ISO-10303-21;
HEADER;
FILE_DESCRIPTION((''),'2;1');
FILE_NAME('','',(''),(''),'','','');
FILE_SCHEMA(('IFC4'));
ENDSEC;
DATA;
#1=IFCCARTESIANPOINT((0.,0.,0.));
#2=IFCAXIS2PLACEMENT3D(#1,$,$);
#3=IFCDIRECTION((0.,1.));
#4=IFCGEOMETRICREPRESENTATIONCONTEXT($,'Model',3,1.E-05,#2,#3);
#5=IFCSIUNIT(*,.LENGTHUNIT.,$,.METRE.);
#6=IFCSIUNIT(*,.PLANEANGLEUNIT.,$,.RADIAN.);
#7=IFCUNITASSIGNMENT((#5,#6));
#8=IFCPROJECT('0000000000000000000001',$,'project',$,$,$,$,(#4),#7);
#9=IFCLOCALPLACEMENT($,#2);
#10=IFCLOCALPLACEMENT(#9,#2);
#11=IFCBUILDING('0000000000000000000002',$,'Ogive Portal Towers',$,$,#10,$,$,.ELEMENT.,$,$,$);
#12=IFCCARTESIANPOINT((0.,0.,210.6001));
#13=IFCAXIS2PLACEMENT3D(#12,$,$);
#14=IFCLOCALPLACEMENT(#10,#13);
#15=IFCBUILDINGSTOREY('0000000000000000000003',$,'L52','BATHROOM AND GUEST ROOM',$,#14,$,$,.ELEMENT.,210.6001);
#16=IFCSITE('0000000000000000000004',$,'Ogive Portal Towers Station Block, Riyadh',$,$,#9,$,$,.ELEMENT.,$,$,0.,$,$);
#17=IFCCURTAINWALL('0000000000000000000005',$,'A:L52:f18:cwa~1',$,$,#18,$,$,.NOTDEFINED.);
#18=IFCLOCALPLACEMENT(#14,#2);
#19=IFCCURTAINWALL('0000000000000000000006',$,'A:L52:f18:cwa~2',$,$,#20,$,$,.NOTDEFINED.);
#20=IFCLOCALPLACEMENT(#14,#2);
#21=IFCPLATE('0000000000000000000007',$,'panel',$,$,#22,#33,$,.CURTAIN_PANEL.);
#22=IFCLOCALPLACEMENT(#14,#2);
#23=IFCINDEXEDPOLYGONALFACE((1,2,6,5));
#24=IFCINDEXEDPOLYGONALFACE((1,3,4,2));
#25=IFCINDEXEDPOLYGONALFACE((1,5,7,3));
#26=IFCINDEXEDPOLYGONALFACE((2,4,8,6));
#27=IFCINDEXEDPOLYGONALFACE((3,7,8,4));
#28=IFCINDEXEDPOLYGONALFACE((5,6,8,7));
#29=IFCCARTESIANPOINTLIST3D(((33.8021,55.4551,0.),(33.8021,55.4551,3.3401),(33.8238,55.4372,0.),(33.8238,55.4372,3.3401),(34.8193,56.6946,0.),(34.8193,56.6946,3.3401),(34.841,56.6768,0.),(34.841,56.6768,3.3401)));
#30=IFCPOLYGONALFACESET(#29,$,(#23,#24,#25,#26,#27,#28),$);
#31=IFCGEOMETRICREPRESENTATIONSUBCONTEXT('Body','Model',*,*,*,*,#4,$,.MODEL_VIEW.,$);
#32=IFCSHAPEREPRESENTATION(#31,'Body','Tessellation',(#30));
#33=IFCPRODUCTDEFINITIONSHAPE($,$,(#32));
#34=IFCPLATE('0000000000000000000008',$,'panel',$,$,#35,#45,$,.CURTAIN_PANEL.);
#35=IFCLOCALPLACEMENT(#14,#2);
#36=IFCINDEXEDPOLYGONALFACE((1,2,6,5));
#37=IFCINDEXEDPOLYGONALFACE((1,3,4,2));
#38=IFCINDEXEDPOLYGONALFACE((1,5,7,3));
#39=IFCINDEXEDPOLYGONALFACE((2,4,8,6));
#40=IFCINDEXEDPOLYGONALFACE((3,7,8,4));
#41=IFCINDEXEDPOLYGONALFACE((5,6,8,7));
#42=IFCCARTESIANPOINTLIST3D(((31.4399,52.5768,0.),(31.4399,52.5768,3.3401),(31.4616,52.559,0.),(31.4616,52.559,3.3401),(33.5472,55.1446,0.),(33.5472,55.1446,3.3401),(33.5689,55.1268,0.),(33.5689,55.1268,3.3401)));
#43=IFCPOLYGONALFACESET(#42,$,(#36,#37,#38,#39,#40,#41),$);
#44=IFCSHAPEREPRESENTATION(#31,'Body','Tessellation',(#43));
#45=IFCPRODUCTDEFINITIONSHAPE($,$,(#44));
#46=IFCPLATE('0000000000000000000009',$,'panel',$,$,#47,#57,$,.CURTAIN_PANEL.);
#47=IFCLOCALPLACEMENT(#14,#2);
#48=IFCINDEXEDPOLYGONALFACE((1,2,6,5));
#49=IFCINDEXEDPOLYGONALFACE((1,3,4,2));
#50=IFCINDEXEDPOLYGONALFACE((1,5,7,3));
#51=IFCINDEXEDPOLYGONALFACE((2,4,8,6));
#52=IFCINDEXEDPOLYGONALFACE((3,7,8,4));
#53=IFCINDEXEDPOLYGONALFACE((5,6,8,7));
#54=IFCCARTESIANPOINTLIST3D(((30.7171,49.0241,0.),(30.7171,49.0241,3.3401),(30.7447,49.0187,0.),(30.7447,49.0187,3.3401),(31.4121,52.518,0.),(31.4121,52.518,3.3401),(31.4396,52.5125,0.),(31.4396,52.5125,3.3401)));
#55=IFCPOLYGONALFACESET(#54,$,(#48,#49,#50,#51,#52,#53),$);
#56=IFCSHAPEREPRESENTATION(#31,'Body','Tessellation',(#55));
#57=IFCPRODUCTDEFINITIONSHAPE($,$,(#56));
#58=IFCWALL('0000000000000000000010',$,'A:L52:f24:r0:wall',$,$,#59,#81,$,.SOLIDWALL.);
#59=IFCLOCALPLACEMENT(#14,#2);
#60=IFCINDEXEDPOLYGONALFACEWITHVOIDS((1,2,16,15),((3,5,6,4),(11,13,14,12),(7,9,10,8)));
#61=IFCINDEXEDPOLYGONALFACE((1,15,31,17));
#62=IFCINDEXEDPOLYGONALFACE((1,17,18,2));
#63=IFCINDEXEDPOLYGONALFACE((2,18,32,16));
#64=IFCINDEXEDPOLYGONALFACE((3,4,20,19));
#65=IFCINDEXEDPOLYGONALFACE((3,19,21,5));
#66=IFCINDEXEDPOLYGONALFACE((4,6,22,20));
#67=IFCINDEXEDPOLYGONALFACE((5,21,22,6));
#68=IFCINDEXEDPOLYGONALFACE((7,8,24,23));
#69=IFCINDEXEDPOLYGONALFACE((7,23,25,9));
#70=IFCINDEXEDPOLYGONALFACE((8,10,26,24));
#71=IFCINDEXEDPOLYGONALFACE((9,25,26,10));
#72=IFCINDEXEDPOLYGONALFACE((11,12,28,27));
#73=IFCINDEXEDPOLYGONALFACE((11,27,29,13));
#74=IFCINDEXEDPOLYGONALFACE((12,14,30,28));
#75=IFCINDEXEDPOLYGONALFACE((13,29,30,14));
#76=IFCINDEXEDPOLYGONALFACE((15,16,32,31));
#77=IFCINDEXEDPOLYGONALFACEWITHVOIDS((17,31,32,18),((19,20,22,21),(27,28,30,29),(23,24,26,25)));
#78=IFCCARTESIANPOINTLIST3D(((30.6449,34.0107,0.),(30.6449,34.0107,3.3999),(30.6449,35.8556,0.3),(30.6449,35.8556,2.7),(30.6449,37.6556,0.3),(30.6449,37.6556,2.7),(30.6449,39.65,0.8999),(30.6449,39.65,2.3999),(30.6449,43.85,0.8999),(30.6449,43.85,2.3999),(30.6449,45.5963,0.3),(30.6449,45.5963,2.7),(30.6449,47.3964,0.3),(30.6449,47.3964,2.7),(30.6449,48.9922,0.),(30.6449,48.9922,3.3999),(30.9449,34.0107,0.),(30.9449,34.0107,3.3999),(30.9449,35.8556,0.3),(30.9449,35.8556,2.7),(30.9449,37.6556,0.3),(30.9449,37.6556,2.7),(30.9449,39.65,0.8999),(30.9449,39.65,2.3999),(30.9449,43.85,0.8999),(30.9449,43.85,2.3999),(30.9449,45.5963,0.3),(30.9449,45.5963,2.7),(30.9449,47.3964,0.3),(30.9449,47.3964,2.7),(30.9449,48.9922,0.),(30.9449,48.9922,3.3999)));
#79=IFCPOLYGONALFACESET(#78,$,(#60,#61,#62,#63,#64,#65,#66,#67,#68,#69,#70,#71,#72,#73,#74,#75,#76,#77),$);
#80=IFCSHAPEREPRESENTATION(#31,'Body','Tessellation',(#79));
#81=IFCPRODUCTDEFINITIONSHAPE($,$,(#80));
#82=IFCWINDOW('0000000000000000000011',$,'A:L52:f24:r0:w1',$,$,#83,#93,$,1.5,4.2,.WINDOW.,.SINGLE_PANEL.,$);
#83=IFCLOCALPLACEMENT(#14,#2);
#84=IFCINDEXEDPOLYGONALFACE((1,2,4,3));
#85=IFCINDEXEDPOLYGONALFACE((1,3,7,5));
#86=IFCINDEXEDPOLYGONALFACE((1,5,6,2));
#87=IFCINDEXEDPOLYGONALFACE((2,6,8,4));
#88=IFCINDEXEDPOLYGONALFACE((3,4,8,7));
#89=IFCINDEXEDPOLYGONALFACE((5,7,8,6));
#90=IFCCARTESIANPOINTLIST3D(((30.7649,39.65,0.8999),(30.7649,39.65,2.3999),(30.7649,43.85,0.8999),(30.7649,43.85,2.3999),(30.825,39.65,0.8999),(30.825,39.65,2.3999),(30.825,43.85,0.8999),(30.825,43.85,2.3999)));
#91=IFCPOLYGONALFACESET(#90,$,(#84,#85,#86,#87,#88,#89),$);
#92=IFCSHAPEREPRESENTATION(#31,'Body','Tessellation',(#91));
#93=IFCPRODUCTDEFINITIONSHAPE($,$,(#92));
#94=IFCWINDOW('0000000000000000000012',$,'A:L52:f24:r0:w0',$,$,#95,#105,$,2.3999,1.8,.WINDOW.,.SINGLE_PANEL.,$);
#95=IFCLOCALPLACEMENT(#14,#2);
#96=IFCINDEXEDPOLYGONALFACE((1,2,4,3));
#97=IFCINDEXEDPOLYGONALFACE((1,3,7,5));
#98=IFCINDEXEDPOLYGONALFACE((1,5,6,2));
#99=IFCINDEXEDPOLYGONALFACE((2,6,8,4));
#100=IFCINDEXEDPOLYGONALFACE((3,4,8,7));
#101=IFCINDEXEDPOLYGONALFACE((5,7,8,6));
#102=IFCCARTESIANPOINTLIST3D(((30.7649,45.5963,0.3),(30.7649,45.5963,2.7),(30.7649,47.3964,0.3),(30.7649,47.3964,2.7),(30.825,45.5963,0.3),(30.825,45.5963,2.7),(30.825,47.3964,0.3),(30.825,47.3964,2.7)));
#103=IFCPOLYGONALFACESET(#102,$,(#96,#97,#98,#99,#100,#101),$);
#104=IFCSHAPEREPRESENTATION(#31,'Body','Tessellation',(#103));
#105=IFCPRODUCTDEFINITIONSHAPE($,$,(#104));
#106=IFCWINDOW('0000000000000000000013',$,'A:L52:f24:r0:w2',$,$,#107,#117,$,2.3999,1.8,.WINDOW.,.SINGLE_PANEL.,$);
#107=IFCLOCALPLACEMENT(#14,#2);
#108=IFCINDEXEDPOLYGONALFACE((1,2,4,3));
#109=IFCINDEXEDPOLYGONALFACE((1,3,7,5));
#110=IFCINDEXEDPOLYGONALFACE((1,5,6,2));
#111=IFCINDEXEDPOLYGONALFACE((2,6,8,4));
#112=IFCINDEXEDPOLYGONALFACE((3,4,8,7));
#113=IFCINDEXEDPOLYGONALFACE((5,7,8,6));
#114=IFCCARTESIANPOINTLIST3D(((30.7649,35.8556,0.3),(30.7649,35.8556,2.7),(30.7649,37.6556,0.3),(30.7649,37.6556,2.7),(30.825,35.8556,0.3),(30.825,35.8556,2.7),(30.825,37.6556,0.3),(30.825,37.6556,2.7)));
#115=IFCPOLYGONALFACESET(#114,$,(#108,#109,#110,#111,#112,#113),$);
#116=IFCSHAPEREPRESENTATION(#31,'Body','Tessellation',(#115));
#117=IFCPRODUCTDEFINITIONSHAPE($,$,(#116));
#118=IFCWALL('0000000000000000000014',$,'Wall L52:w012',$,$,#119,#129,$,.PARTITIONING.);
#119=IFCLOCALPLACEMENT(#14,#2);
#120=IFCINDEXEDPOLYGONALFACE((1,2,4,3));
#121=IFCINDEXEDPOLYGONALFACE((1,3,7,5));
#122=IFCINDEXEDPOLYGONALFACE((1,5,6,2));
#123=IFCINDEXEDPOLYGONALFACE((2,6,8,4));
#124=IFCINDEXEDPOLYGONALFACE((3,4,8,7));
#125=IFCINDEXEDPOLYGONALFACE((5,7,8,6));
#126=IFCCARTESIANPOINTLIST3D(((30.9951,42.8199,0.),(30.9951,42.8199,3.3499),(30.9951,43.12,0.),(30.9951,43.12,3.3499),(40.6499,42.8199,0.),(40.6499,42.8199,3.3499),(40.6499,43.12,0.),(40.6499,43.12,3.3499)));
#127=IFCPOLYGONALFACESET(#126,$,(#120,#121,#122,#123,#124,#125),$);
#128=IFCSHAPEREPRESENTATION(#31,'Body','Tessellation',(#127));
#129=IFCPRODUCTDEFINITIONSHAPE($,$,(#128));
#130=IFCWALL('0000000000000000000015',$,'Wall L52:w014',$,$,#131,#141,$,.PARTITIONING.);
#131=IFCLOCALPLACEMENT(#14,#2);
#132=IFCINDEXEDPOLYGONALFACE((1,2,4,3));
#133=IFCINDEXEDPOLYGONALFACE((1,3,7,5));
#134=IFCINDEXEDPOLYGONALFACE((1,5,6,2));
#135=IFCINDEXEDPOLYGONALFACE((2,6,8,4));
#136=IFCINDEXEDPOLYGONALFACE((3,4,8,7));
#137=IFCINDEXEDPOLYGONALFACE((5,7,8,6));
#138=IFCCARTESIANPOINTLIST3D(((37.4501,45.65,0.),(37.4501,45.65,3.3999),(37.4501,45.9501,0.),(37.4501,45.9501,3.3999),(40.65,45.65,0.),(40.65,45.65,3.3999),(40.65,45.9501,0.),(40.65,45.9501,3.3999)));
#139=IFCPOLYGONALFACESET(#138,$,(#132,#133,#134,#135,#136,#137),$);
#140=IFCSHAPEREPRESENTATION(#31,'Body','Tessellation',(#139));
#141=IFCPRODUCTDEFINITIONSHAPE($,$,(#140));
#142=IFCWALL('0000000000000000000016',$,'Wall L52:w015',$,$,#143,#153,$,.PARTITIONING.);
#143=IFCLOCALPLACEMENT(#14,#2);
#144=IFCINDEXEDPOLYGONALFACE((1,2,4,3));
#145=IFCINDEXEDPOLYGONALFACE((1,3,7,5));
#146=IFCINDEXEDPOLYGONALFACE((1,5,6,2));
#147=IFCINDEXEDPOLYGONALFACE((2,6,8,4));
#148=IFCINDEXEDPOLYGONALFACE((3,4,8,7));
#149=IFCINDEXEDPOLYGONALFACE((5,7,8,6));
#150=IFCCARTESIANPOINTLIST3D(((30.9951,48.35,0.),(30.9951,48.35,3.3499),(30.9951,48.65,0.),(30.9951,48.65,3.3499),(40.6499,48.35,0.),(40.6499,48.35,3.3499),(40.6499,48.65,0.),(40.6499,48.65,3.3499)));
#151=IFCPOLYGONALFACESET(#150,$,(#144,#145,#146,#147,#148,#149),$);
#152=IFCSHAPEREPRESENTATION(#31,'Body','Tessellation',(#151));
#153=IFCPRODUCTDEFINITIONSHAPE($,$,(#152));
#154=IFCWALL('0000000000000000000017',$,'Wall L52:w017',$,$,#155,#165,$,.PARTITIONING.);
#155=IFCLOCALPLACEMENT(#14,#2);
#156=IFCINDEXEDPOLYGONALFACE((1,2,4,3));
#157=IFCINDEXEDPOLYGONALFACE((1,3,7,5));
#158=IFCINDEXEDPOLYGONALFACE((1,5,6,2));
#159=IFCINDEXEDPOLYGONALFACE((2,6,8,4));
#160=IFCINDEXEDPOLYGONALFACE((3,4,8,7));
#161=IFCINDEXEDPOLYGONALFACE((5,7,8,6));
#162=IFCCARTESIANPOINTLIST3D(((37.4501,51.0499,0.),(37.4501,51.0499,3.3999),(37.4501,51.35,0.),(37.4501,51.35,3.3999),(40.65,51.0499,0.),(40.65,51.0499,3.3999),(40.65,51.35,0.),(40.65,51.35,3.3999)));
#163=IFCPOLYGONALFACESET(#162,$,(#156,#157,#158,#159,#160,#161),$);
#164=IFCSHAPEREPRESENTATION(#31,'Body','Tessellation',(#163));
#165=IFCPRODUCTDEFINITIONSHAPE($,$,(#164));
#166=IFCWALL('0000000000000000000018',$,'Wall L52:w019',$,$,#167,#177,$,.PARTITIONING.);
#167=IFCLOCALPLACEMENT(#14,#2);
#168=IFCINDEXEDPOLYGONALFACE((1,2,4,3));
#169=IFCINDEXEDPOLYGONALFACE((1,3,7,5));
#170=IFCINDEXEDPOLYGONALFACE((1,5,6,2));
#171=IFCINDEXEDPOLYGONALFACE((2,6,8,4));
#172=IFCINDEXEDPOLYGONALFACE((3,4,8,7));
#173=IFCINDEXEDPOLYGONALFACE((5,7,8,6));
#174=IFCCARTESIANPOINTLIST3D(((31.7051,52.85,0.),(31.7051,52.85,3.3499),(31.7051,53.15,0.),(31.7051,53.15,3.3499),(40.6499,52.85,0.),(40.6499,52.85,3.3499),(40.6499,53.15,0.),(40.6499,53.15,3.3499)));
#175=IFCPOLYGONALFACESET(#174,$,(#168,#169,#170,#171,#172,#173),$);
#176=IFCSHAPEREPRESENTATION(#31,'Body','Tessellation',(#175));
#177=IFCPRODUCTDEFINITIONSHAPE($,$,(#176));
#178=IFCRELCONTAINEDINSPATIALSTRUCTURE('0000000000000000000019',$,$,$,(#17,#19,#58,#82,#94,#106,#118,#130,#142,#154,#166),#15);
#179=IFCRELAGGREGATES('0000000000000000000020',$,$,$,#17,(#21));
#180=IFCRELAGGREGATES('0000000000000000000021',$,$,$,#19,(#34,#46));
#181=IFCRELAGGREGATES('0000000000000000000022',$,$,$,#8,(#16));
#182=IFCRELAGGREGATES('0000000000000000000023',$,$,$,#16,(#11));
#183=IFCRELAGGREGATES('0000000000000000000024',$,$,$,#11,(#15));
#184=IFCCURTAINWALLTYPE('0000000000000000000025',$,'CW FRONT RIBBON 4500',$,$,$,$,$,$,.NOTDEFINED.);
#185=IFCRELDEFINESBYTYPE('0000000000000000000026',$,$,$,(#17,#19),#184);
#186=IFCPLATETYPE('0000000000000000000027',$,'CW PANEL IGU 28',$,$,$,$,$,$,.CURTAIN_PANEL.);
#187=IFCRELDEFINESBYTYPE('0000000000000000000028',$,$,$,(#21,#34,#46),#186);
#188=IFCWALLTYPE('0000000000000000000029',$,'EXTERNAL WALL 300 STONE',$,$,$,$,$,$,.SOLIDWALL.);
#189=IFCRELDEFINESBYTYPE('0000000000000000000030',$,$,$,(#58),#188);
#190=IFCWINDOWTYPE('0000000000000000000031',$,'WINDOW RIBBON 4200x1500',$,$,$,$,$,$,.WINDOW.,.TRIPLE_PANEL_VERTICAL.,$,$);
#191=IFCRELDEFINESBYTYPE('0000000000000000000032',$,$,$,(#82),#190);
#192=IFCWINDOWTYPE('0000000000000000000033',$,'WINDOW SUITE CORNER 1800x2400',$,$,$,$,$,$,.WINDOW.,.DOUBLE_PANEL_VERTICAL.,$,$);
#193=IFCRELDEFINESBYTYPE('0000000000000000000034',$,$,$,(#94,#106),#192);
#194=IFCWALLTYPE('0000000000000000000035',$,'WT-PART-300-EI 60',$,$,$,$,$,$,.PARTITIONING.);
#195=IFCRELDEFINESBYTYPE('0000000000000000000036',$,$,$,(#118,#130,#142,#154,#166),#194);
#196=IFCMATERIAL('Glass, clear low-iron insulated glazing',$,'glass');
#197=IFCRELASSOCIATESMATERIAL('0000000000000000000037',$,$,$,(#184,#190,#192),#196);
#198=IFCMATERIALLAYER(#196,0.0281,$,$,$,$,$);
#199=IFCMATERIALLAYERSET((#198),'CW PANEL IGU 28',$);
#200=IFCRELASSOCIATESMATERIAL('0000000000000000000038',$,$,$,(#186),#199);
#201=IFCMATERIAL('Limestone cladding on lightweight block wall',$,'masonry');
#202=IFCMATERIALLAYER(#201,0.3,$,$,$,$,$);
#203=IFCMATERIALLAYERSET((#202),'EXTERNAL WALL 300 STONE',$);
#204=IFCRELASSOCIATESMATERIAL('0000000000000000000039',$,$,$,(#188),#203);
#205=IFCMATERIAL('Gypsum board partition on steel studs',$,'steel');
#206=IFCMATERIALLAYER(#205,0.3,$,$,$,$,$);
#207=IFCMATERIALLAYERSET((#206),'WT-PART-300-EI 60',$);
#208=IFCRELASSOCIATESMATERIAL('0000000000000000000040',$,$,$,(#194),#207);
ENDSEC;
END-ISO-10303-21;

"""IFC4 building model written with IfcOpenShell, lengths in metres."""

from ifc_helpers import new_model, si_unit, direction, frame, frame_2d, origin, origin_2d, place, context, subcontext, project, spatial, rectangle, extrude, material, layer, layer_set, type_object, element, fill, aggregate, save


model = new_model("IFC4")

# Units and contexts
model_context = context("Model", 3, precision=1e-05, world=origin(), true_north=direction((0.0, 1.0)))
body_context = subcontext(model_context, "Body", "Model", "MODEL_VIEW")
ifc_project = project(units=[si_unit("LENGTHUNIT", "METRE"), si_unit("PLANEANGLEUNIT", "RADIAN")], contexts=[model_context])

# Site, building, storey
site_placement = place(None, origin())
site = spatial("IfcSite", under=ifc_project, at=site_placement, Name="Ogive Portal Towers Station Block, Riyadh", CompositionType="ELEMENT", RefElevation=0.0)
building_placement = place(site_placement, origin())
building = spatial("IfcBuilding", under=site, at=building_placement, Name="Ogive Portal Towers", CompositionType="ELEMENT")
storey_placement = place(building_placement, frame((0.0, 0.0, 210.6001)))
storey = spatial("IfcBuildingStorey", under=building, at=storey_placement, Name="L52", Description="BATHROOM AND GUEST ROOM", CompositionType="ELEMENT", Elevation=210.6001)

# Curtain walls
ifc_material_1 = material(Name="Glass, clear low-iron insulated glazing", Category="glass")
curtain_wall_type = type_object("IfcCurtainWallType", Name="CW FRONT RIBBON 4500", PredefinedType="NOTDEFINED", material=ifc_material_1)
curtain_wall_1_placement = place(storey_placement, origin())
curtain_wall_1 = element("IfcCurtainWall", 1, at=curtain_wall_1_placement, inside=storey, type_object=curtain_wall_type, Name="A:L52:f18:cwa~1", PredefinedType="NOTDEFINED")
curtain_wall_2_placement = place(storey_placement, origin())
curtain_wall_2 = element("IfcCurtainWall", 2, at=curtain_wall_2_placement, inside=storey, type_object=curtain_wall_type, Name="A:L52:f18:cwa~2", PredefinedType="NOTDEFINED")

# Plates
ifc_layer_1 = layer(ifc_material_1, 0.0281)
ifc_layer_set_1 = layer_set([ifc_layer_1], Name="CW PANEL IGU 28")
plate_type = type_object("IfcPlateType", Name="CW PANEL IGU 28", PredefinedType="CURTAIN_PANEL", material=ifc_layer_set_1)
plate_1_placement = place(storey_placement, frame((34.3215, 56.0659, 0.0), z_axis=(0.0, 0.0, 1.0), x_axis=(-0.634393, -0.77301, 0.0)))
plate_1 = element("IfcPlate", 3, at=plate_1_placement, type_object=plate_type, Name="panel", PredefinedType="CURTAIN_PANEL", context=body_context, shape_type="SweptSolid", body=[
    extrude(rectangle(XDim=1.6035, YDim=0.0281, at=origin_2d()), origin(), (0.0, 0.0, 1.0), 3.3401),
])
aggregate(curtain_wall_1, [plate_1])
plate_2_placement = place(storey_placement, frame((32.5044, 53.8518, 0.0), z_axis=(0.0, 0.0, 1.0), x_axis=(-0.634393, -0.77301, 0.0)))
plate_2 = element("IfcPlate", 4, at=plate_2_placement, type_object=plate_type, Name="panel", PredefinedType="CURTAIN_PANEL", context=body_context, shape_type="SweptSolid", body=[
    extrude(rectangle(XDim=3.3218, YDim=0.0281, at=origin_2d()), origin(), (0.0, 0.0, 1.0), 3.3401),
])
plate_3_placement = place(storey_placement, frame((31.0784, 50.7683, 0.0), z_axis=(0.0, 0.0, 1.0), x_axis=(-0.19509, -0.980785, 0.0)))
plate_3 = element("IfcPlate", 5, at=plate_3_placement, type_object=plate_type, Name="panel", PredefinedType="CURTAIN_PANEL", context=body_context, shape_type="SweptSolid", body=[
    extrude(rectangle(XDim=3.5623, YDim=0.0281, at=origin_2d()), origin(), (0.0, 0.0, 1.0), 3.3401),
])
aggregate(curtain_wall_2, [plate_2, plate_3])

# Wall, openings, windows
ifc_material_2 = material(Name="Limestone cladding on lightweight block wall", Category="masonry")
ifc_layer_2 = layer(ifc_material_2, 0.3)
ifc_layer_set_2 = layer_set([ifc_layer_2], Name="EXTERNAL WALL 300 STONE")
wall_type_1 = type_object("IfcWallType", Name="EXTERNAL WALL 300 STONE", PredefinedType="SOLIDWALL", material=ifc_layer_set_2)
wall_1_placement = place(storey_placement, frame((30.7949, 48.9922, 0.0), z_axis=(0.0, 0.0, 1.0), x_axis=(0.0, -1.0, 0.0)))
wall_1 = element("IfcWall", 6, at=wall_1_placement, inside=storey, type_object=wall_type_1, Name="A:L52:f24:r0:wall", PredefinedType="SOLIDWALL", context=body_context, shape_type="SweptSolid", body=[
    extrude(rectangle(XDim=14.9814, YDim=0.3, at=frame_2d((7.4907, 0.0))), origin(), (0.0, 0.0, 1.0), 3.3999),
])
opening_1_placement = place(wall_1_placement, frame((1.5959, 0.0, 0.3)))
opening_1 = element("IfcOpeningElement", 7, at=opening_1_placement, cuts=wall_1, PredefinedType="OPENING", context=body_context, shape_type="SweptSolid", body=[
    extrude(rectangle(XDim=1.8, YDim=2.3999, at=frame_2d((0.8999, 1.2))), frame((0.0, 0.1602, 0.0), z_axis=(0.0, -1.0, 0.0), x_axis=(1.0, 0.0, 0.0)), (0.0, 0.0, 1.0), 0.3201),
])
opening_2_placement = place(wall_1_placement, frame((5.1421, 0.0, 0.8999)))
opening_2 = element("IfcOpeningElement", 8, at=opening_2_placement, cuts=wall_1, PredefinedType="OPENING", context=body_context, shape_type="SweptSolid", body=[
    extrude(rectangle(XDim=4.2, YDim=1.5, at=frame_2d((2.1001, 0.75))), frame((0.0, 0.1602, 0.0), z_axis=(0.0, -1.0, 0.0), x_axis=(1.0, 0.0, 0.0)), (0.0, 0.0, 1.0), 0.3201),
])
opening_3_placement = place(wall_1_placement, frame((11.3367, 0.0, 0.3)))
opening_3 = element("IfcOpeningElement", 9, at=opening_3_placement, cuts=wall_1, PredefinedType="OPENING", context=body_context, shape_type="SweptSolid", body=[
    extrude(rectangle(XDim=1.8, YDim=2.3999, at=frame_2d((0.8999, 1.2))), frame((0.0, 0.1602, 0.0), z_axis=(0.0, -1.0, 0.0), x_axis=(1.0, 0.0, 0.0)), (0.0, 0.0, 1.0), 0.3201),
])
window_type_1 = type_object("IfcWindowType", Name="WINDOW RIBBON 4200x1500", PartitioningType="TRIPLE_PANEL_VERTICAL", PredefinedType="WINDOW", material=ifc_material_1)
window_1_placement = place(opening_2_placement, origin())
window_1 = element("IfcWindow", 10, at=window_1_placement, inside=storey, type_object=window_type_1, Name="A:L52:f24:r0:w1", OverallHeight=1.5, OverallWidth=4.2, PartitioningType="SINGLE_PANEL", PredefinedType="WINDOW", context=body_context, shape_type="SweptSolid", body=[
    extrude(rectangle(XDim=4.2, YDim=1.5, at=frame_2d((2.1001, 0.75))), frame((0.0, 0.03, 0.0), z_axis=(0.0, -1.0, 0.0), x_axis=(1.0, 0.0, 0.0)), (0.0, 0.0, 1.0), 0.0601),
])
fill(opening_2, window_1)
window_type_2 = type_object("IfcWindowType", Name="WINDOW SUITE CORNER 1800x2400", PartitioningType="DOUBLE_PANEL_VERTICAL", PredefinedType="WINDOW", material=ifc_material_1)
window_2_placement = place(opening_1_placement, origin())
window_2 = element("IfcWindow", 11, at=window_2_placement, inside=storey, type_object=window_type_2, Name="A:L52:f24:r0:w0", OverallHeight=2.3999, OverallWidth=1.8, PartitioningType="SINGLE_PANEL", PredefinedType="WINDOW", context=body_context, shape_type="SweptSolid", body=[
    extrude(rectangle(XDim=1.8, YDim=2.3999, at=frame_2d((0.8999, 1.2))), frame((0.0, 0.03, 0.0), z_axis=(0.0, -1.0, 0.0), x_axis=(1.0, 0.0, 0.0)), (0.0, 0.0, 1.0), 0.0601),
])
fill(opening_1, window_2)
window_3_placement = place(opening_3_placement, origin())
window_3 = element("IfcWindow", 12, at=window_3_placement, inside=storey, type_object=window_type_2, Name="A:L52:f24:r0:w2", OverallHeight=2.3999, OverallWidth=1.8, PartitioningType="SINGLE_PANEL", PredefinedType="WINDOW", context=body_context, shape_type="SweptSolid", body=[
    extrude(rectangle(XDim=1.8, YDim=2.3999, at=frame_2d((0.8999, 1.2))), frame((0.0, 0.03, 0.0), z_axis=(0.0, -1.0, 0.0), x_axis=(1.0, 0.0, 0.0)), (0.0, 0.0, 1.0), 0.0601),
])
fill(opening_3, window_3)

# Walls
ifc_material_3 = material(Name="Gypsum board partition on steel studs", Category="steel")
ifc_layer_3 = layer(ifc_material_3, 0.3)
ifc_layer_set_3 = layer_set([ifc_layer_3], Name="WT-PART-300-EI 60")
wall_type_2 = type_object("IfcWallType", Name="WT-PART-300-EI 60", PredefinedType="PARTITIONING", material=ifc_layer_set_3)
wall_2_placement = place(storey_placement, frame((30.9951, 42.97, 0.0), z_axis=(0.0, 0.0, 1.0), x_axis=(1.0, 0.0, 0.0)))
element("IfcWall", 13, at=wall_2_placement, inside=storey, type_object=wall_type_2, Name="Wall L52:w012", PredefinedType="PARTITIONING", context=body_context, shape_type="SweptSolid", body=[
    extrude(rectangle(XDim=9.6548, YDim=0.3, at=frame_2d((4.8274, 0.0))), origin(), (0.0, 0.0, 1.0), 3.3499),
])
wall_3_placement = place(storey_placement, frame((37.45, 45.8, 0.0), z_axis=(0.0, 0.0, 1.0), x_axis=(1.0, 0.0, 0.0)))
element("IfcWall", 14, at=wall_3_placement, inside=storey, type_object=wall_type_2, Name="Wall L52:w014", PredefinedType="PARTITIONING", context=body_context, shape_type="SweptSolid", body=[
    extrude(rectangle(XDim=3.2, YDim=0.3, at=frame_2d((1.6001, 0.0))), origin(), (0.0, 0.0, 1.0), 3.3999),
])
wall_4_placement = place(storey_placement, frame((30.9951, 48.5, 0.0), z_axis=(0.0, 0.0, 1.0), x_axis=(1.0, 0.0, 0.0)))
element("IfcWall", 15, at=wall_4_placement, inside=storey, type_object=wall_type_2, Name="Wall L52:w015", PredefinedType="PARTITIONING", context=body_context, shape_type="SweptSolid", body=[
    extrude(rectangle(XDim=9.6548, YDim=0.3, at=frame_2d((4.8274, 0.0))), origin(), (0.0, 0.0, 1.0), 3.3499),
])
wall_5_placement = place(storey_placement, frame((37.45, 51.2, 0.0), z_axis=(0.0, 0.0, 1.0), x_axis=(1.0, 0.0, 0.0)))
element("IfcWall", 16, at=wall_5_placement, inside=storey, type_object=wall_type_2, Name="Wall L52:w017", PredefinedType="PARTITIONING", context=body_context, shape_type="SweptSolid", body=[
    extrude(rectangle(XDim=3.2, YDim=0.3, at=frame_2d((1.6001, 0.0))), origin(), (0.0, 0.0, 1.0), 3.3999),
])
wall_6_placement = place(storey_placement, frame((31.7051, 53.0, 0.0), z_axis=(0.0, 0.0, 1.0), x_axis=(1.0, 0.0, 0.0)))
element("IfcWall", 17, at=wall_6_placement, inside=storey, type_object=wall_type_2, Name="Wall L52:w019", PredefinedType="PARTITIONING", context=body_context, shape_type="SweptSolid", body=[
    extrude(rectangle(XDim=8.9448, YDim=0.3, at=frame_2d((4.4724, 0.0))), origin(), (0.0, 0.0, 1.0), 3.3499),
])

save(model, "model.ifc")
